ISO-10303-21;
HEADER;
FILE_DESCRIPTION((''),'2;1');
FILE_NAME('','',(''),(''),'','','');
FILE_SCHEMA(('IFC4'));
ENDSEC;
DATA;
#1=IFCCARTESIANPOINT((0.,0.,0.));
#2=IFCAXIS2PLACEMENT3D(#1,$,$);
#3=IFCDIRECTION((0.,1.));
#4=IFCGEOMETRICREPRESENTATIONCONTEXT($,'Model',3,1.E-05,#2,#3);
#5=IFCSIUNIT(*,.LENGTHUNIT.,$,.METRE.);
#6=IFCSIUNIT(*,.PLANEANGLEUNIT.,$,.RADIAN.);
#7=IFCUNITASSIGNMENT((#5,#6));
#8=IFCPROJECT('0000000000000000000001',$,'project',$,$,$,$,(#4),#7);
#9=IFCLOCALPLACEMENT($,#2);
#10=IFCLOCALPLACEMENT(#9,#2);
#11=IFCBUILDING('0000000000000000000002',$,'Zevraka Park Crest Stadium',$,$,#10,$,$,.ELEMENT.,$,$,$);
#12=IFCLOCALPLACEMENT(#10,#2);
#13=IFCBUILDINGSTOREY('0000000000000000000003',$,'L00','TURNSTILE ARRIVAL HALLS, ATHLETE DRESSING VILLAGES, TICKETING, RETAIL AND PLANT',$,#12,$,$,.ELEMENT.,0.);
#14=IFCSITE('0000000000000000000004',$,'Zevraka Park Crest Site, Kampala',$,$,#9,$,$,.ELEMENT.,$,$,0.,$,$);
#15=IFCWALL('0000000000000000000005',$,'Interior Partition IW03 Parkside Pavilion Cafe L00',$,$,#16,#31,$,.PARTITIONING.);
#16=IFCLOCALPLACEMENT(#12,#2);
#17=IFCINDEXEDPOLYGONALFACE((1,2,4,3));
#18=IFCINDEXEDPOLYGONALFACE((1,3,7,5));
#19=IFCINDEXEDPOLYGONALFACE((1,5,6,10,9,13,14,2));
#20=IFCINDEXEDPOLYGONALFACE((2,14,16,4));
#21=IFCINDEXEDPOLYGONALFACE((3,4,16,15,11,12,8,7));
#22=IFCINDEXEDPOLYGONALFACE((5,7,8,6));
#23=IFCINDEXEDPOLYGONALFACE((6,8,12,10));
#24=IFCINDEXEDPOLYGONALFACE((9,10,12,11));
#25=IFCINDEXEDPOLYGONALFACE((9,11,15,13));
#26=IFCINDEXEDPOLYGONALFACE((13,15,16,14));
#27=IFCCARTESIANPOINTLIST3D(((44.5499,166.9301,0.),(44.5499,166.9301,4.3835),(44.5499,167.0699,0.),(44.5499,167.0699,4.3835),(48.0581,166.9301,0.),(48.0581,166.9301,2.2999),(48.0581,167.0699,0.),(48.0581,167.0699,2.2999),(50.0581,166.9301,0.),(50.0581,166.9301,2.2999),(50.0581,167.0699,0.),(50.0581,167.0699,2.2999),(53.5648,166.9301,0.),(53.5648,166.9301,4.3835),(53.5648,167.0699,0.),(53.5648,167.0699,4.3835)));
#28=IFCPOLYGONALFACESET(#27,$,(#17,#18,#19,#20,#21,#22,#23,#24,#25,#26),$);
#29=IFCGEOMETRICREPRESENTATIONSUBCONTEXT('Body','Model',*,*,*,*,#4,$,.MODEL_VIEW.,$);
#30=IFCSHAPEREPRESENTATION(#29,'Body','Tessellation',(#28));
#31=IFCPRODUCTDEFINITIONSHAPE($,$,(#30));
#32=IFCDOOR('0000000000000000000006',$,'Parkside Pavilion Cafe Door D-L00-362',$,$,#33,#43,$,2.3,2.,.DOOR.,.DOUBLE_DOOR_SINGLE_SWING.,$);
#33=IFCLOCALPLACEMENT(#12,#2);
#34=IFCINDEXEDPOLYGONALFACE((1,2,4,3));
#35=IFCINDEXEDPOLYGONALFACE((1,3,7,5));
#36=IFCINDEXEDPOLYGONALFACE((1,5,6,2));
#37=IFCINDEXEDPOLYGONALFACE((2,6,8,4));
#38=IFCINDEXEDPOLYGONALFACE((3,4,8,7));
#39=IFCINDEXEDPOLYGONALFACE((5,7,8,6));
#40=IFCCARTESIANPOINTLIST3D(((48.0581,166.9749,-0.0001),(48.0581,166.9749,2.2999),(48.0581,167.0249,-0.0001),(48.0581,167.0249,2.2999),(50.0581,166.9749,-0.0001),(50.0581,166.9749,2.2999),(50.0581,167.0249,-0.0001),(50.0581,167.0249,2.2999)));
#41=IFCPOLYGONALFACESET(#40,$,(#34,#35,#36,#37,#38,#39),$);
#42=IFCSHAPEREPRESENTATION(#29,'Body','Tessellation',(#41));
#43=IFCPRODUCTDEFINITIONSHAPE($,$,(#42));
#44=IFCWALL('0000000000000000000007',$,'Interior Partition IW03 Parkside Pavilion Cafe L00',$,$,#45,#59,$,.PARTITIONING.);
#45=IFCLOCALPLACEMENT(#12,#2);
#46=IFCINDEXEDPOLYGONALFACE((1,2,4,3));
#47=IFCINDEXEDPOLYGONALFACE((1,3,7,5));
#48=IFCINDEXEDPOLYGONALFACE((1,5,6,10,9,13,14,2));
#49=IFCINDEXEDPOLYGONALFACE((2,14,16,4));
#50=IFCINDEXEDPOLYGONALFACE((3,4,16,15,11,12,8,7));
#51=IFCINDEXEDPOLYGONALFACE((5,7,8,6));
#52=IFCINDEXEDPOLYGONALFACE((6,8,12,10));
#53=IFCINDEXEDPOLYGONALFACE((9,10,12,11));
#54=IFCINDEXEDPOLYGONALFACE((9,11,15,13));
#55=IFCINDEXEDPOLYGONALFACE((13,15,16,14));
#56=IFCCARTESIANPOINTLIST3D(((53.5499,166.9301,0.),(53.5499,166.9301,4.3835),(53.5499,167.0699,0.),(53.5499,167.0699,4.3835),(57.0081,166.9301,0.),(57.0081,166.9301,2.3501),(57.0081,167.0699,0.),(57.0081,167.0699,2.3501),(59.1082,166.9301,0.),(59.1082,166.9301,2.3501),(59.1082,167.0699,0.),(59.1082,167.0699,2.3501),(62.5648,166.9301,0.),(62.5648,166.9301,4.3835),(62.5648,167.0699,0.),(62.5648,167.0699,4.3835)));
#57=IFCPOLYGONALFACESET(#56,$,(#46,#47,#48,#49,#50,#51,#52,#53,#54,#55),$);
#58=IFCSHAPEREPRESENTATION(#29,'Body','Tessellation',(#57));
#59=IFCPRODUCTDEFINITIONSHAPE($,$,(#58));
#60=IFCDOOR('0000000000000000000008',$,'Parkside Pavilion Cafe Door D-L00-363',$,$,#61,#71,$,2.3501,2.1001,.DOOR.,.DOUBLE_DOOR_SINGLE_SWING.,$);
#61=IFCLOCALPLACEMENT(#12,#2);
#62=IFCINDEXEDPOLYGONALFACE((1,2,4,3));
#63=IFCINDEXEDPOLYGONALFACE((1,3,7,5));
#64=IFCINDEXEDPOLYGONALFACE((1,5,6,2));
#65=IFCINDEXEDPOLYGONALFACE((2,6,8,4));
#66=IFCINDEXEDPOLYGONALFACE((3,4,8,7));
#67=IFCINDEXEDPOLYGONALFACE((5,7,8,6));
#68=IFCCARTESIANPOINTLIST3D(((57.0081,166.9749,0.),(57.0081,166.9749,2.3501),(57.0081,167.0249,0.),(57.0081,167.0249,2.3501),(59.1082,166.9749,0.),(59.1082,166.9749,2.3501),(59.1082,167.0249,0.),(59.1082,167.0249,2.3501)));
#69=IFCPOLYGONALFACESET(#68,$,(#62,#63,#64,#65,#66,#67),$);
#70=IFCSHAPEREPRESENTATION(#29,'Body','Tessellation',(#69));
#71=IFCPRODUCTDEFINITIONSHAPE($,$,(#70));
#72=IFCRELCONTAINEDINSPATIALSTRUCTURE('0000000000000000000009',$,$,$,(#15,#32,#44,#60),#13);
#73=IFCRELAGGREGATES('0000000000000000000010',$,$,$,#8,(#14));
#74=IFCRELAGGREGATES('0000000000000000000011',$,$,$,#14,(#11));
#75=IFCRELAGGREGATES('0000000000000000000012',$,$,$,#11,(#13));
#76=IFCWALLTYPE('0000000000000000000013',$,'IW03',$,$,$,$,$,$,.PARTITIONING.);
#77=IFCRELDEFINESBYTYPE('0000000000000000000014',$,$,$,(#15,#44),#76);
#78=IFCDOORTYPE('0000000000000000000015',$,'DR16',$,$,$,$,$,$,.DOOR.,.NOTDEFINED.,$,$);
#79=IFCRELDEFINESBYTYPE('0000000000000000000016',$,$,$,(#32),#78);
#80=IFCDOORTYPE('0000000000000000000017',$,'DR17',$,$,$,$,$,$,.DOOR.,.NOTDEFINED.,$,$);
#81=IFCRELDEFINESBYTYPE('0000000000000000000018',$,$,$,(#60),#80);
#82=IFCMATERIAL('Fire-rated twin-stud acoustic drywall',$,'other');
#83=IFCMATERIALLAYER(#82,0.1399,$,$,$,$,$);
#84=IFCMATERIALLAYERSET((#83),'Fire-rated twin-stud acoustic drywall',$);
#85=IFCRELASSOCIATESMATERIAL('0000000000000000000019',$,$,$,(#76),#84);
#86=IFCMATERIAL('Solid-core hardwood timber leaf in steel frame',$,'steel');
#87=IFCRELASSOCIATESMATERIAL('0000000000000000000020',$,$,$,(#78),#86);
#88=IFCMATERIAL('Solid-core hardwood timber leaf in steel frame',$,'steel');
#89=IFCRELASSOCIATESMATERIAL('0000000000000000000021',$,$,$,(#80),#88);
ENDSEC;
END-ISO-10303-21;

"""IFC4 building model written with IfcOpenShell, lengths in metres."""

from ifc_helpers import new_model, si_unit, direction, frame, frame_2d, origin, place, context, subcontext, project, spatial, rectangle, extrude, material, layer, layer_set, type_object, element, fill, save


model = new_model("IFC4")

# Units and contexts
model_context = context("Model", 3, precision=1e-05, world=origin(), true_north=direction((0.0, 1.0)))
body_context = subcontext(model_context, "Body", "Model", "MODEL_VIEW")
ifc_project = project(units=[si_unit("LENGTHUNIT", "METRE"), si_unit("PLANEANGLEUNIT", "RADIAN")], contexts=[model_context])

# Site, building, storey
site_placement = place(None, origin())
site = spatial("IfcSite", under=ifc_project, at=site_placement, Name="Zevraka Park Crest Site, Kampala", CompositionType="ELEMENT", RefElevation=0.0)
building_placement = place(site_placement, origin())
building = spatial("IfcBuilding", under=site, at=building_placement, Name="Zevraka Park Crest Stadium", CompositionType="ELEMENT")
storey_placement = place(building_placement, origin())
storey = spatial("IfcBuildingStorey", under=building, at=storey_placement, Name="L00", Description="TURNSTILE ARRIVAL HALLS, ATHLETE DRESSING VILLAGES, TICKETING, RETAIL AND PLANT", CompositionType="ELEMENT", Elevation=0.0)

# Walls, openings, doors
ifc_material_1 = material(Name="Fire-rated twin-stud acoustic drywall", Category="other")
ifc_layer_1 = layer(ifc_material_1, 0.1399)
ifc_layer_set_1 = layer_set([ifc_layer_1], Name="Fire-rated twin-stud acoustic drywall")
wall_type_1 = type_object("IfcWallType", Name="IW03", PredefinedType="PARTITIONING", material=ifc_layer_set_1)
wall_1_placement = place(storey_placement, frame((44.55, 167.0, 0.0), z_axis=(0.0, 0.0, 1.0), x_axis=(1.0, 0.0, 0.0)))
wall_1 = element("IfcWall", 1, at=wall_1_placement, inside=storey, type_object=wall_type_1, Name="Interior Partition IW03 Parkside Pavilion Cafe L00", PredefinedType="PARTITIONING", context=body_context, shape_type="SweptSolid", body=[
    extrude(rectangle(XDim=9.0149, YDim=0.1399, at=frame_2d((4.5073, 0.0))), origin(), (0.0, 0.0, 1.0), 4.3835),
])
opening_1_placement = place(wall_1_placement, frame((3.5081, 0.0, 0.0)))
opening_1 = element("IfcOpeningElement", 2, at=opening_1_placement, cuts=wall_1, PredefinedType="OPENING", context=body_context, shape_type="SweptSolid", body=[
    extrude(rectangle(XDim=2.0, YDim=2.3, at=frame_2d((1.0, 1.1499))), frame((0.0, 0.0798, 0.0), z_axis=(0.0, -1.0, 0.0), x_axis=(1.0, 0.0, 0.0)), (0.0, 0.0, 1.0), 0.1599),
])
ifc_material_2 = material(Name="Solid-core hardwood timber leaf in steel frame", Category="steel")
door_type_1 = type_object("IfcDoorType", Name="DR16", OperationType="NOTDEFINED", PredefinedType="DOOR", material=ifc_material_2)
door_1_placement = place(opening_1_placement, origin())
door_1 = element("IfcDoor", 3, at=door_1_placement, inside=storey, type_object=door_type_1, Name="Parkside Pavilion Cafe Door D-L00-362", OperationType="DOUBLE_DOOR_SINGLE_SWING", OverallHeight=2.3, OverallWidth=2.0, PredefinedType="DOOR", context=body_context, shape_type="SweptSolid", body=[
    extrude(rectangle(XDim=2.0, YDim=2.3, at=frame_2d((1.0, 1.1499))), frame((0.0, 0.0249, 0.0), z_axis=(0.0, -1.0, 0.0), x_axis=(1.0, 0.0, 0.0)), (0.0, 0.0, 1.0), 0.05),
])
fill(opening_1, door_1)
wall_2_placement = place(storey_placement, frame((53.55, 167.0, 0.0), z_axis=(0.0, 0.0, 1.0), x_axis=(1.0, 0.0, 0.0)))
wall_2 = element("IfcWall", 4, at=wall_2_placement, inside=storey, type_object=wall_type_1, Name="Interior Partition IW03 Parkside Pavilion Cafe L00", PredefinedType="PARTITIONING", context=body_context, shape_type="SweptSolid", body=[
    extrude(rectangle(XDim=9.0149, YDim=0.1399, at=frame_2d((4.5073, 0.0))), origin(), (0.0, 0.0, 1.0), 4.3835),
])
opening_2_placement = place(wall_2_placement, frame((3.458, 0.0, 0.0)))
opening_2 = element("IfcOpeningElement", 5, at=opening_2_placement, cuts=wall_2, PredefinedType="OPENING", context=body_context, shape_type="SweptSolid", body=[
    extrude(rectangle(XDim=2.1001, YDim=2.3501, at=frame_2d((1.05, 1.175))), frame((0.0, 0.0798, 0.0), z_axis=(0.0, -1.0, 0.0), x_axis=(1.0, 0.0, 0.0)), (0.0, 0.0, 1.0), 0.1599),
])
ifc_material_3 = material(Name="Solid-core hardwood timber leaf in steel frame", Category="steel")
door_type_2 = type_object("IfcDoorType", Name="DR17", OperationType="NOTDEFINED", PredefinedType="DOOR", material=ifc_material_3)
door_2_placement = place(opening_2_placement, origin())
door_2 = element("IfcDoor", 6, at=door_2_placement, inside=storey, type_object=door_type_2, Name="Parkside Pavilion Cafe Door D-L00-363", OperationType="DOUBLE_DOOR_SINGLE_SWING", OverallHeight=2.3501, OverallWidth=2.1001, PredefinedType="DOOR", context=body_context, shape_type="SweptSolid", body=[
    extrude(rectangle(XDim=2.1001, YDim=2.3501, at=frame_2d((1.05, 1.175))), frame((0.0, 0.0249, 0.0), z_axis=(0.0, -1.0, 0.0), x_axis=(1.0, 0.0, 0.0)), (0.0, 0.0, 1.0), 0.05),
])
fill(opening_2, door_2)

save(model, "model.ifc")
